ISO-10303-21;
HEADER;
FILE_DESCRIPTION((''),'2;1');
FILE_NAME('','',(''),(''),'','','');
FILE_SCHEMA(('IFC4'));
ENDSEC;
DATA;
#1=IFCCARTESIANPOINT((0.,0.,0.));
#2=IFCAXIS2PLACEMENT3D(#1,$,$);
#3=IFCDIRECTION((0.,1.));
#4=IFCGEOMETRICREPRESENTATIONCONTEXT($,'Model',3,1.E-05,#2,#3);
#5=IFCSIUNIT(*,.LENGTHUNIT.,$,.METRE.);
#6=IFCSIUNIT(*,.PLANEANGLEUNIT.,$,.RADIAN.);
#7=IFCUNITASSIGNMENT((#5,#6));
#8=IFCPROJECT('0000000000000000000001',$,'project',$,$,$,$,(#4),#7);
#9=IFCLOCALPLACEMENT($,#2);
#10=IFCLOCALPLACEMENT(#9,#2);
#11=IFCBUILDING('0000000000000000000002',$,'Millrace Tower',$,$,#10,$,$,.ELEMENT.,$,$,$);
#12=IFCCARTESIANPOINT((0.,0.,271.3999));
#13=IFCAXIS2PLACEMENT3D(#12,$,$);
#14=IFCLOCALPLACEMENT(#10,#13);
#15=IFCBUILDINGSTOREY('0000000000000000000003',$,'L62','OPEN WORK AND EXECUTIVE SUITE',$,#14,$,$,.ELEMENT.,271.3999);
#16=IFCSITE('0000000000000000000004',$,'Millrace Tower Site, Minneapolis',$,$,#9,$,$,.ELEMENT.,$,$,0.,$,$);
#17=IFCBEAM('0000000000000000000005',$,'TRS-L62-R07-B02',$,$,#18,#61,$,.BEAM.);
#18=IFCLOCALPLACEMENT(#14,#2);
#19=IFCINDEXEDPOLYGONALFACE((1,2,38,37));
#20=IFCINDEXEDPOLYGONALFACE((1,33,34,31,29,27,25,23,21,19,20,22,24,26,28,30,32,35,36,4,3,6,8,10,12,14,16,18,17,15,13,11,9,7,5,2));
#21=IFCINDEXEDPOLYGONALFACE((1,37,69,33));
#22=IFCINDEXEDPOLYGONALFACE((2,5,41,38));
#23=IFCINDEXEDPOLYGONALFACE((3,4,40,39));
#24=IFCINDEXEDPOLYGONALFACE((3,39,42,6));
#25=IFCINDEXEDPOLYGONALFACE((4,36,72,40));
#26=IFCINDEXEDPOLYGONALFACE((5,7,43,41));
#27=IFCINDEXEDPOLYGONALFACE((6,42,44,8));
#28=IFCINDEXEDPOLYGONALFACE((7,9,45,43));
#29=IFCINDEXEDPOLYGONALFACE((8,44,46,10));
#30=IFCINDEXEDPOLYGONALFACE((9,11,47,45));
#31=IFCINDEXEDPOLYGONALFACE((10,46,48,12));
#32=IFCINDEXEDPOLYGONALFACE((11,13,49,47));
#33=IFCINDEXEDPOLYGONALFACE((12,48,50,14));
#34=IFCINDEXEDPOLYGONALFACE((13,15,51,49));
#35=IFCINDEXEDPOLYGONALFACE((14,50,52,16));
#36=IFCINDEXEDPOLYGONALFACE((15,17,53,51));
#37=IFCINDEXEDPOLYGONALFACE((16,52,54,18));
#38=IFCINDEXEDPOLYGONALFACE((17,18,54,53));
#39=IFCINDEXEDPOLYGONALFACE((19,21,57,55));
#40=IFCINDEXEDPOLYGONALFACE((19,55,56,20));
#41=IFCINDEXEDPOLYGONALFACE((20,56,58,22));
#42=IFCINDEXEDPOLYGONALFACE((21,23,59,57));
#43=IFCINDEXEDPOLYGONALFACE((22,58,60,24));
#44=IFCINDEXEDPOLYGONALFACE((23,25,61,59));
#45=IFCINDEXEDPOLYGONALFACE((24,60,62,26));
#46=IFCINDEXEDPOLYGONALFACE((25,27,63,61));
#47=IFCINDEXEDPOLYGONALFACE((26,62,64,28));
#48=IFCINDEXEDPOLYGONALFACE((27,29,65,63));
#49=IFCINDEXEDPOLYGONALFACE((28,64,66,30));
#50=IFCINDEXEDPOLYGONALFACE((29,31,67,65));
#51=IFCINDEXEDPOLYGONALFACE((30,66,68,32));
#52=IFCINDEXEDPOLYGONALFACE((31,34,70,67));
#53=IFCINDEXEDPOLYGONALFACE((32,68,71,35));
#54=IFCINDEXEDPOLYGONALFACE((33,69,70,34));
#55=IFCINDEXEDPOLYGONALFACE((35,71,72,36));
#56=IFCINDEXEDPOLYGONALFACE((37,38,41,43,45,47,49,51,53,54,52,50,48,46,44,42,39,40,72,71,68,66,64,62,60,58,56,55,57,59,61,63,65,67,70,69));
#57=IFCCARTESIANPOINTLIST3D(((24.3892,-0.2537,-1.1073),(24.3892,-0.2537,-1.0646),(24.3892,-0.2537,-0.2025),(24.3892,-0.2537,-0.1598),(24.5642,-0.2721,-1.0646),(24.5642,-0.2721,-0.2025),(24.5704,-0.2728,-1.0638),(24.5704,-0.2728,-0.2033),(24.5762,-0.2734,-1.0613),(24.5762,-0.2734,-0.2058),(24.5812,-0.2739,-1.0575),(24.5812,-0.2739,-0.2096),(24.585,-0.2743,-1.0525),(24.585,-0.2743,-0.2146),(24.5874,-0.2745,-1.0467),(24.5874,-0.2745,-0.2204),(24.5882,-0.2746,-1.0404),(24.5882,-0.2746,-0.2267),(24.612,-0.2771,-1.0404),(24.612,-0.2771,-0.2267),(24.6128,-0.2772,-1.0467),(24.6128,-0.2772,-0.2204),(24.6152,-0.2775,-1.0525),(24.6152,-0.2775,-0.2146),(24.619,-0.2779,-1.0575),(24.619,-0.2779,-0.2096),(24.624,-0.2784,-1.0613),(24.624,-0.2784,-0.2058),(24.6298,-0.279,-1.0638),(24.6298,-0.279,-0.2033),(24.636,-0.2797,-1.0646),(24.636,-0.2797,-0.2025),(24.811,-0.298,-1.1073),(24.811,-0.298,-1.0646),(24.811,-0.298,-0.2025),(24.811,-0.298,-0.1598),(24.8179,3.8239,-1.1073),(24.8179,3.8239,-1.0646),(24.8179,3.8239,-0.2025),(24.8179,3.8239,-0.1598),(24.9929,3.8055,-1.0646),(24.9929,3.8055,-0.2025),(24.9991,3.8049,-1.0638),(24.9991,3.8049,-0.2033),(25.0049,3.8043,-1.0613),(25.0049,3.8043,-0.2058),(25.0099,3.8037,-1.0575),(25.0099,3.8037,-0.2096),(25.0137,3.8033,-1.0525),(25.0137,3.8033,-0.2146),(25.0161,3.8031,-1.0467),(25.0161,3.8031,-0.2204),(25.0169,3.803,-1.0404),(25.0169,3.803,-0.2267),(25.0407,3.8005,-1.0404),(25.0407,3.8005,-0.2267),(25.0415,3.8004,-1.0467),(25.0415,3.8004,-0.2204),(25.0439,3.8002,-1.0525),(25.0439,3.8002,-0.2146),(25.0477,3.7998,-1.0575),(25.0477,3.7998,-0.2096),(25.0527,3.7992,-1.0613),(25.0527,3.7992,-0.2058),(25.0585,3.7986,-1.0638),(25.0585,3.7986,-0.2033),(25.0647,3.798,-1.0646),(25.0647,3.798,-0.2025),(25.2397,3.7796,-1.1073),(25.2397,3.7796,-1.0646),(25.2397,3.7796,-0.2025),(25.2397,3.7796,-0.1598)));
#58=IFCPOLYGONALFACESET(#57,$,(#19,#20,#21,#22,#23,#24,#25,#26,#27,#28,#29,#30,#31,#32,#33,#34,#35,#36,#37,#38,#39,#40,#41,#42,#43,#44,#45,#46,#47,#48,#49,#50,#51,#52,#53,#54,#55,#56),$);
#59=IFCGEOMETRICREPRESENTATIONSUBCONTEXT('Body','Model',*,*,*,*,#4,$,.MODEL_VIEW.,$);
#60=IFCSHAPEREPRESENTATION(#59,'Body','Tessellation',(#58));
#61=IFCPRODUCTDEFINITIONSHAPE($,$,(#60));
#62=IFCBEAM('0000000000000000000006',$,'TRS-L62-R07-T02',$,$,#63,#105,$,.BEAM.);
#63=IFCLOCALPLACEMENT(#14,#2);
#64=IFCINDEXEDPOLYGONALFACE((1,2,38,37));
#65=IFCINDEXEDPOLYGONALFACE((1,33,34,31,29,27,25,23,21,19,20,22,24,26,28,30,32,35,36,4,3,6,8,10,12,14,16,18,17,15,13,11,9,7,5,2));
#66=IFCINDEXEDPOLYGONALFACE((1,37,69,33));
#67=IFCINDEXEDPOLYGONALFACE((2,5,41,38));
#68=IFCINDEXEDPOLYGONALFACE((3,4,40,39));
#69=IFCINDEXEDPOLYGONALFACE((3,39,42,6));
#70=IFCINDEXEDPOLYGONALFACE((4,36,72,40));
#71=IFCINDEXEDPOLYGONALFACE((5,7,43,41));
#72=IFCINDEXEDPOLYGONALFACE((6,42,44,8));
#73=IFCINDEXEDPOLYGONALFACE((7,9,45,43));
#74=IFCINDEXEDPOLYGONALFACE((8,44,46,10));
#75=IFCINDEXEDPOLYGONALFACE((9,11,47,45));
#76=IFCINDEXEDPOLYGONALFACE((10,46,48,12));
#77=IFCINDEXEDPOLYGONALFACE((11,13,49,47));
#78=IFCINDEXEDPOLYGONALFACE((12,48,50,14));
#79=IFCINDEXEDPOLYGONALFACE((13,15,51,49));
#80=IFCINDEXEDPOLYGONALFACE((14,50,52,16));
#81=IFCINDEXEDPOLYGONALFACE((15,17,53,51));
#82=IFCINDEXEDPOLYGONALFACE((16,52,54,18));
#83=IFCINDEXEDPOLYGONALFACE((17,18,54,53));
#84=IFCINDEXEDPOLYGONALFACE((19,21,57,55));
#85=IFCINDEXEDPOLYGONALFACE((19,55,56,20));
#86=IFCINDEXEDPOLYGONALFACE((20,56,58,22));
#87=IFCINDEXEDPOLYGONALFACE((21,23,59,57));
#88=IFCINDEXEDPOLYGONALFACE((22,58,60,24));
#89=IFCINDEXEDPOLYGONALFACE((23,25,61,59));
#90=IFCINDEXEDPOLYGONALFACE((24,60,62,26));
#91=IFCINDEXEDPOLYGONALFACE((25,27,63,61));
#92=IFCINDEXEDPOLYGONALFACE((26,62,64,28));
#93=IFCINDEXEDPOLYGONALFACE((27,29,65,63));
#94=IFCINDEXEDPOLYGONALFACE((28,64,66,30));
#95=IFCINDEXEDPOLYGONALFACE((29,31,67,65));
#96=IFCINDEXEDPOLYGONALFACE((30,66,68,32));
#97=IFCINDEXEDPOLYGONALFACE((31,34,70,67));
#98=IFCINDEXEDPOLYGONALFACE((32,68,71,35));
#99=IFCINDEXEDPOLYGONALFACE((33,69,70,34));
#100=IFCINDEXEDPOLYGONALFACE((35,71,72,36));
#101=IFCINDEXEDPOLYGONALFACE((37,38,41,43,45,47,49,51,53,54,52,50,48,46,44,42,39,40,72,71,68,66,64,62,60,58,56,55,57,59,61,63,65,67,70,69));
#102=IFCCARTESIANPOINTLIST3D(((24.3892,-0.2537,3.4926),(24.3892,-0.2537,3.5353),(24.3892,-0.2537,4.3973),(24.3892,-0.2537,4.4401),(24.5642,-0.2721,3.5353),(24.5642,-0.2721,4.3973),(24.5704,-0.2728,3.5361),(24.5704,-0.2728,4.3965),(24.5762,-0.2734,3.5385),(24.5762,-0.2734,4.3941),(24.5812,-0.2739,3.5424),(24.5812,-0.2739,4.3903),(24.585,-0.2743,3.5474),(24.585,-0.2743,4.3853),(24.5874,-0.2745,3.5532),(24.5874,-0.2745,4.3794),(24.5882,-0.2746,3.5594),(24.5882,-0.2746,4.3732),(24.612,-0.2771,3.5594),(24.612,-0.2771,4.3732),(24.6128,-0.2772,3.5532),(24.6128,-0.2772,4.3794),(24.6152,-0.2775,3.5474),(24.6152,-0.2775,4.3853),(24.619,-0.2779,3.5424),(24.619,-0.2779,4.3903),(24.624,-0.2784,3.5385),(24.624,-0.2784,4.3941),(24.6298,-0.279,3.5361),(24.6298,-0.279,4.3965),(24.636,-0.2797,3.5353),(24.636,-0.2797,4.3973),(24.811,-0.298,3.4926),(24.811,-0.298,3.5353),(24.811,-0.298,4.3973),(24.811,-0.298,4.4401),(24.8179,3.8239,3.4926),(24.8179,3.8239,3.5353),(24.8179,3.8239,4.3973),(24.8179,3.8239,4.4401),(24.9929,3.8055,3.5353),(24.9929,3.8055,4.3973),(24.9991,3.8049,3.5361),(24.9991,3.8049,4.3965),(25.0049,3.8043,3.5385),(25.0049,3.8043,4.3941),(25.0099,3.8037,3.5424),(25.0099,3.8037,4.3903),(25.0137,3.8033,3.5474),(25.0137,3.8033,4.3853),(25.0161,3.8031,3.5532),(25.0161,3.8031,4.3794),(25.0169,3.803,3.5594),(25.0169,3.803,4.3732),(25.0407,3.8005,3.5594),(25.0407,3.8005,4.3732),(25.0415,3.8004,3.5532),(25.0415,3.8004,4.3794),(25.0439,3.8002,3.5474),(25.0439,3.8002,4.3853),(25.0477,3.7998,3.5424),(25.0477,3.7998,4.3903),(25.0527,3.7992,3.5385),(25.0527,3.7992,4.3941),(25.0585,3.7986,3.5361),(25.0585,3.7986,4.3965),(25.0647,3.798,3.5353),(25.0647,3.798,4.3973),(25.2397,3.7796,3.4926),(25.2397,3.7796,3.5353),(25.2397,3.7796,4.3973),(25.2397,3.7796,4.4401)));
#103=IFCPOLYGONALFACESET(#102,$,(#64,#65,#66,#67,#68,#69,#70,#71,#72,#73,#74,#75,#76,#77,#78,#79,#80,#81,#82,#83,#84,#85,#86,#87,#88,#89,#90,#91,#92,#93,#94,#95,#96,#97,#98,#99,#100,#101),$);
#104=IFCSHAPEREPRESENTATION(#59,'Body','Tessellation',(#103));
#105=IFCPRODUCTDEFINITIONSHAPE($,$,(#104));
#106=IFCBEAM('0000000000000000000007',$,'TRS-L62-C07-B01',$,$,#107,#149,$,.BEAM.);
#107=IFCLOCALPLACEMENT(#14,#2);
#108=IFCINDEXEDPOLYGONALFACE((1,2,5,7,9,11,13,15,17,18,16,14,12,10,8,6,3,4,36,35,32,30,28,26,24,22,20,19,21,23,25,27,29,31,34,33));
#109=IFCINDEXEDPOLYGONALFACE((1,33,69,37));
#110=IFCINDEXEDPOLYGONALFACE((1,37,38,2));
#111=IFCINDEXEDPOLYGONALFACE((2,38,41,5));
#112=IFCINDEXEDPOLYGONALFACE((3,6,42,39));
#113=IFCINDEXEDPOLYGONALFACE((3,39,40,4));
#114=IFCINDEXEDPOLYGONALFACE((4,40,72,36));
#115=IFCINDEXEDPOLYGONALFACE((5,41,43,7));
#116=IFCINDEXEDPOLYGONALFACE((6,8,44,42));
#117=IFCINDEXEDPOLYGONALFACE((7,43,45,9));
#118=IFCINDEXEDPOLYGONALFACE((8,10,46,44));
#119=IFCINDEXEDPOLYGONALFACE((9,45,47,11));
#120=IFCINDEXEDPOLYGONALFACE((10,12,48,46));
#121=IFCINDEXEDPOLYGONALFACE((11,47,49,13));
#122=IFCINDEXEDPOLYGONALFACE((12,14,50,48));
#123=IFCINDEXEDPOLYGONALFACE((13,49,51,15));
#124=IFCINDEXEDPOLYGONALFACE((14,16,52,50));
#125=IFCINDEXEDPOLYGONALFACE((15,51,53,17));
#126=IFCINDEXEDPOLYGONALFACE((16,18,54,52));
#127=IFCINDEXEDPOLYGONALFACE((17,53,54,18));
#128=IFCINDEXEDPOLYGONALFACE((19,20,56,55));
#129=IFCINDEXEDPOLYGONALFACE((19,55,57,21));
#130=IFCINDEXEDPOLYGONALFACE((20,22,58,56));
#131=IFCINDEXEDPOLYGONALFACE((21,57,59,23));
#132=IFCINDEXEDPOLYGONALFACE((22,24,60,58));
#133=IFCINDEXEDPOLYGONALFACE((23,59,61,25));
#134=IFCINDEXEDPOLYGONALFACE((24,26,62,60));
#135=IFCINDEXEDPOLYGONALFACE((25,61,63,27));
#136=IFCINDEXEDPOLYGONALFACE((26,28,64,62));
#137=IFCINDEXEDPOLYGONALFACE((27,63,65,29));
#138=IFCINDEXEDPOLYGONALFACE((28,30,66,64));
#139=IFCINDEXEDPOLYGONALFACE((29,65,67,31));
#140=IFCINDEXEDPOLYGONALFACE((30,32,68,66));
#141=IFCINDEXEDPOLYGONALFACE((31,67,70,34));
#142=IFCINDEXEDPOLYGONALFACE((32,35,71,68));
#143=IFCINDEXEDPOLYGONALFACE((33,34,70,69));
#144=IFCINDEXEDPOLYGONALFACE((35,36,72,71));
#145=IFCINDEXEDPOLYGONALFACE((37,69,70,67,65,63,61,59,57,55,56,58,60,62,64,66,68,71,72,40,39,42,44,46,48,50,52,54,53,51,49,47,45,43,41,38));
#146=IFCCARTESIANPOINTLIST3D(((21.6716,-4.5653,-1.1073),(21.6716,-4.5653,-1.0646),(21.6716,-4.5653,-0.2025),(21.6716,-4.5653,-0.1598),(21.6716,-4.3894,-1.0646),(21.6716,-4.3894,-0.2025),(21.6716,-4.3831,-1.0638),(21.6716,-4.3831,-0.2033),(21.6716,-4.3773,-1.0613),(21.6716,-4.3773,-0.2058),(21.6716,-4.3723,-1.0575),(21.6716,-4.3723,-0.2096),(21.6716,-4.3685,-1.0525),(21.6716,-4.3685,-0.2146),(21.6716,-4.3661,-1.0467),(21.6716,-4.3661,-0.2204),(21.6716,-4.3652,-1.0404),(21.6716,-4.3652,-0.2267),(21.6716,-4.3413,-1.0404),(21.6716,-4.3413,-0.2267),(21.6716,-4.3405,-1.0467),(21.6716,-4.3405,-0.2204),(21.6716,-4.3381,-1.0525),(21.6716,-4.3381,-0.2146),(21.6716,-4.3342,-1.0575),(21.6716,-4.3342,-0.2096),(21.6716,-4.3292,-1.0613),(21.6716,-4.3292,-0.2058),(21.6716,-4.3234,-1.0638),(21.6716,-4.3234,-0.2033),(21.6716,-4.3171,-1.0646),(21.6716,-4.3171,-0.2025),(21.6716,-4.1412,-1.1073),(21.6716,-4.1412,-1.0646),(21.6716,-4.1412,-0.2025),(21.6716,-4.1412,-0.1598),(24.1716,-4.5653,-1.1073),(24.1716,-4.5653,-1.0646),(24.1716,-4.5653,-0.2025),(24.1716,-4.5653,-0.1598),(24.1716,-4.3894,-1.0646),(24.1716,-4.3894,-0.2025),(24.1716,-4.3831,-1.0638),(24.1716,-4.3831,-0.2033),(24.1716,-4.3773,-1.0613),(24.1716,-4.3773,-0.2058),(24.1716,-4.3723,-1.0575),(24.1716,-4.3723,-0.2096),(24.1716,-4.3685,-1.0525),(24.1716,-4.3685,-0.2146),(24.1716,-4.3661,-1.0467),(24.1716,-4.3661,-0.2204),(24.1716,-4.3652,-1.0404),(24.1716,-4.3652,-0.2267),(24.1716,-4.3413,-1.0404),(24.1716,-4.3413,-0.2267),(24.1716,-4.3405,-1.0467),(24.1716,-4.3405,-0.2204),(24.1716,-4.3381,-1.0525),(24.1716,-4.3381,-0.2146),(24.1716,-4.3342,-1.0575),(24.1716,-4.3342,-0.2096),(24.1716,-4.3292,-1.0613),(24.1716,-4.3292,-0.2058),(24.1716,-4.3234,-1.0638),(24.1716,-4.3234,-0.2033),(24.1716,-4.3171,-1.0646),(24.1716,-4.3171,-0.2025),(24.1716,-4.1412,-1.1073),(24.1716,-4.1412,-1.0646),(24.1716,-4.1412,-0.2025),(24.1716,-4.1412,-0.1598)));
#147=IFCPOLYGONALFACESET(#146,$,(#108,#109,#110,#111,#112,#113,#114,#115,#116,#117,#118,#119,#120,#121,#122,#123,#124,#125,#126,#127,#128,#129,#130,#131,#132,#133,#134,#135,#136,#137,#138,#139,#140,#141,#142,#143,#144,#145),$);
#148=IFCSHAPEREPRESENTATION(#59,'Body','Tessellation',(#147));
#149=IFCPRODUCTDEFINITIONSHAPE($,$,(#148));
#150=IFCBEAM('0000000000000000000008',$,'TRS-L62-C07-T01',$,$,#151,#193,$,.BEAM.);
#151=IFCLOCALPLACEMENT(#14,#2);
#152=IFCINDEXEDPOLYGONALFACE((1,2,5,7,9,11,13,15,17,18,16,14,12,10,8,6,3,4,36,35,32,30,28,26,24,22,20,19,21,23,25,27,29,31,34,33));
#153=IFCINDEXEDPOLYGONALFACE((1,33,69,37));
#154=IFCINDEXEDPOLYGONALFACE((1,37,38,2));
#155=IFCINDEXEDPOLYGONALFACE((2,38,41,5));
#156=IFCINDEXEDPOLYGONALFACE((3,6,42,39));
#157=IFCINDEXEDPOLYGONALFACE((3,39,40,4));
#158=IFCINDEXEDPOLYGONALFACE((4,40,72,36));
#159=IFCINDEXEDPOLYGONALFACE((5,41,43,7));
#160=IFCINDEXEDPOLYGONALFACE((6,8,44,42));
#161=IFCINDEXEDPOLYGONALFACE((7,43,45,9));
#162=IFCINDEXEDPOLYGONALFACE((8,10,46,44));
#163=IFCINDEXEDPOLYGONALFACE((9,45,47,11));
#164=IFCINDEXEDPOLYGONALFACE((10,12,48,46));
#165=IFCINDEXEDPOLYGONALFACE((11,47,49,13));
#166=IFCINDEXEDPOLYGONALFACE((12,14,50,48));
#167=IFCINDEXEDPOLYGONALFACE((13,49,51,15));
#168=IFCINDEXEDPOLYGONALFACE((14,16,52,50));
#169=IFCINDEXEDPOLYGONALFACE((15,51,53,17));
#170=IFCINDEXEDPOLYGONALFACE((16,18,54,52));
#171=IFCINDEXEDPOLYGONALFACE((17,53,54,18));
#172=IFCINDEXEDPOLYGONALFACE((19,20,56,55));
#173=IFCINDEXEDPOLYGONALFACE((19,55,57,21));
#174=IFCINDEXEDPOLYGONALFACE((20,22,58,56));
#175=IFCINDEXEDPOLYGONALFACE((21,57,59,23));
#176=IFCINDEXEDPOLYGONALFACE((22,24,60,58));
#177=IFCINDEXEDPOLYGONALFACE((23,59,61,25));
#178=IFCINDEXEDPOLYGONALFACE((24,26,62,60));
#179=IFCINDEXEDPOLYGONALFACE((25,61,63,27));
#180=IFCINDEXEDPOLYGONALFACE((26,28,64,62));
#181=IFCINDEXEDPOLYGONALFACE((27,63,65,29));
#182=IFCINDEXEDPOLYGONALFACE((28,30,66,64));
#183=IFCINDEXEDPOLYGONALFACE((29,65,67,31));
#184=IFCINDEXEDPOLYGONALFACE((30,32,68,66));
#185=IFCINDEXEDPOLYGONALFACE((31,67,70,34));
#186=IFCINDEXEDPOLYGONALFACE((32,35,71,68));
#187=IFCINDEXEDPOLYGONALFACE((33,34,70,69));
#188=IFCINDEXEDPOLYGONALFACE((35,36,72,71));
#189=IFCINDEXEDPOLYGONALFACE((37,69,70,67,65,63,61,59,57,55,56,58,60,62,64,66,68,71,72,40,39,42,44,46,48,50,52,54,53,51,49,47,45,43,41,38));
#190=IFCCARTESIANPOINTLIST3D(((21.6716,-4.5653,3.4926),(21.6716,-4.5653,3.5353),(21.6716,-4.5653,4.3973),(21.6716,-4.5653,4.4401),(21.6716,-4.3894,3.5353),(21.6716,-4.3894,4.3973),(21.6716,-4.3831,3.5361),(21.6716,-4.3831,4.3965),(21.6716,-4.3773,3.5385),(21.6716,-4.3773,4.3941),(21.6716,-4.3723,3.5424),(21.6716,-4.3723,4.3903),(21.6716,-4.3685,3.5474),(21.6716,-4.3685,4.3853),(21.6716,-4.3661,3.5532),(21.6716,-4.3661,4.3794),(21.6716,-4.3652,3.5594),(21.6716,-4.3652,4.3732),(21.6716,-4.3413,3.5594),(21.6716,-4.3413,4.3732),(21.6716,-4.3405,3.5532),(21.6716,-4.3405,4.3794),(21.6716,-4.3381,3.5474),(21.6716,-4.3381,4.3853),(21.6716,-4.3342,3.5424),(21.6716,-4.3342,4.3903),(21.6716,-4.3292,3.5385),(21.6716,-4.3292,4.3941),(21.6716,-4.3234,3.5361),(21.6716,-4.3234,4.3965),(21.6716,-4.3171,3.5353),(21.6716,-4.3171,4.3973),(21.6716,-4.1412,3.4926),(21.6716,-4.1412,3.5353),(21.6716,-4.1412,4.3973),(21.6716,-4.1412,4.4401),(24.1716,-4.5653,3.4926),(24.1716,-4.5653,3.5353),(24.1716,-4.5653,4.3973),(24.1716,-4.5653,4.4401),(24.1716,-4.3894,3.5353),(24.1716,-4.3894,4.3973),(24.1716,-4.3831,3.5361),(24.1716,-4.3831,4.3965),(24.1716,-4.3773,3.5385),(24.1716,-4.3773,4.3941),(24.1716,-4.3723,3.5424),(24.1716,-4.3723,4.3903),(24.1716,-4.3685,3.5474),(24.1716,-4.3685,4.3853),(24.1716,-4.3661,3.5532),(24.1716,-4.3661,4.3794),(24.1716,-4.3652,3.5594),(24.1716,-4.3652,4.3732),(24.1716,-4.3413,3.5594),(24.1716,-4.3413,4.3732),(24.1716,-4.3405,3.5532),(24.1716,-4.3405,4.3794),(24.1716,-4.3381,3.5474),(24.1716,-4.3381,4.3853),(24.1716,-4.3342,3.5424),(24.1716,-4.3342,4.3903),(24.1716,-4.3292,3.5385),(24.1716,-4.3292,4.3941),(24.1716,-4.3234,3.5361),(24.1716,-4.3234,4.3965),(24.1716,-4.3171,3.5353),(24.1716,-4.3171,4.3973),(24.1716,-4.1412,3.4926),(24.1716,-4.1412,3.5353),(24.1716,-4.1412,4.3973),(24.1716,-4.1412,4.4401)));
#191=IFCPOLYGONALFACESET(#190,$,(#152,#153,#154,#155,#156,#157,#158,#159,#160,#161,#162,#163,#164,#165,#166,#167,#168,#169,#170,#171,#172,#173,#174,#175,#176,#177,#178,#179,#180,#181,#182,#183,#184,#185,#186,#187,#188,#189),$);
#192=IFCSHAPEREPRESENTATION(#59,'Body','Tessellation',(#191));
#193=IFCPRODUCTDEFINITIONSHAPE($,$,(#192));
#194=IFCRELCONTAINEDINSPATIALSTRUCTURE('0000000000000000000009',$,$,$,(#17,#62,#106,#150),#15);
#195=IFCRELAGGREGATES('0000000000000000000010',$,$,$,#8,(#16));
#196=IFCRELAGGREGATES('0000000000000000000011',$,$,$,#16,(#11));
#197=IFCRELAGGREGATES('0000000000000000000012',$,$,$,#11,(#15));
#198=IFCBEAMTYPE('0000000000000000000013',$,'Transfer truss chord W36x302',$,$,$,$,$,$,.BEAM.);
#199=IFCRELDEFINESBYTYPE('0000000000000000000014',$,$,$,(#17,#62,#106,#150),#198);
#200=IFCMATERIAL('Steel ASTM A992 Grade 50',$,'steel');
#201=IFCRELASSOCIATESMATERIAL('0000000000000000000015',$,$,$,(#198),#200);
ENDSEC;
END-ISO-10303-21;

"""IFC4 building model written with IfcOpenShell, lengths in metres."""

from ifc_helpers import new_model, si_unit, direction, frame, origin, origin_2d, place, context, subcontext, project, spatial, i_section, extrude, material, material_profile, profile_set, type_object, element, save


model = new_model("IFC4")

# Units and contexts
model_context = context("Model", 3, precision=1e-05, world=origin(), true_north=direction((0.0, 1.0)))
body_context = subcontext(model_context, "Body", "Model", "MODEL_VIEW")
ifc_project = project(units=[si_unit("LENGTHUNIT", "METRE"), si_unit("PLANEANGLEUNIT", "RADIAN")], contexts=[model_context])

# Site, building, storey
site_placement = place(None, origin())
site = spatial("IfcSite", under=ifc_project, at=site_placement, Name="Millrace Tower Site, Minneapolis", CompositionType="ELEMENT", RefElevation=0.0)
building_placement = place(site_placement, origin())
building = spatial("IfcBuilding", under=site, at=building_placement, Name="Millrace Tower", CompositionType="ELEMENT")
storey_placement = place(building_placement, frame((0.0, 0.0, 271.3999)))
storey = spatial("IfcBuildingStorey", under=building, at=storey_placement, Name="L62", Description="OPEN WORK AND EXECUTIVE SUITE", CompositionType="ELEMENT", Elevation=271.3999)

# Beams
ifc_material_1 = material(Name="Steel ASTM A992 Grade 50", Category="steel")
ifc_material_profile_1 = material_profile(ifc_material_1, i_section(OverallWidth=0.4241, OverallDepth=0.9475, WebThickness=0.0239, FlangeThickness=0.0427, FilletRadius=0.0242, at=origin_2d()))
ifc_profile_set_1 = profile_set([ifc_material_profile_1], Name="Steel ASTM A992 Grade 50")
beam_type_1 = type_object("IfcBeamType", Name="Transfer truss chord W36x302", PredefinedType="BEAM", material=ifc_profile_set_1)
for number, where, z_axis, x_axis, name in (
    (1, (24.6001, -0.2759, -0.6335), (0.104561, 0.994518, 0.0), (-0.994518, 0.104561, 0.0), "TRS-L62-R07-B02"),
    (2, (24.6001, -0.2759, 3.9663), (0.104561, 0.994518, 0.0), (-0.994518, 0.104561, 0.0), "TRS-L62-R07-T02"),
):
    element("IfcBeam", number, at=place(storey_placement, frame(where, z_axis=z_axis, x_axis=x_axis)), inside=storey, type_object=beam_type_1, Name=name, PredefinedType="BEAM", context=body_context, shape_type="SweptSolid", body=[
        extrude(i_section(OverallWidth=0.4241, OverallDepth=0.9475, WebThickness=0.0239, FlangeThickness=0.0427, FilletRadius=0.0242, at=origin_2d()), origin(), (0.0, 0.0, 1.0), 4.1001),
    ])
for number, where, z_axis, x_axis, name in (
    (3, (24.1716, -4.3533, -0.6335), (-1.0, 0.0, 0.0), (0.0, -1.0, 0.0), "TRS-L62-C07-B01"),
    (4, (24.1716, -4.3533, 3.9663), (-1.0, 0.0, 0.0), (0.0, -1.0, 0.0), "TRS-L62-C07-T01"),
):
    element("IfcBeam", number, at=place(storey_placement, frame(where, z_axis=z_axis, x_axis=x_axis)), inside=storey, type_object=beam_type_1, Name=name, PredefinedType="BEAM", context=body_context, shape_type="SweptSolid", body=[
        extrude(i_section(OverallWidth=0.4241, OverallDepth=0.9475, WebThickness=0.0239, FlangeThickness=0.0427, FilletRadius=0.0242, at=origin_2d()), origin(), (0.0, 0.0, 1.0), 2.5),
    ])

save(model, "model.ifc")
